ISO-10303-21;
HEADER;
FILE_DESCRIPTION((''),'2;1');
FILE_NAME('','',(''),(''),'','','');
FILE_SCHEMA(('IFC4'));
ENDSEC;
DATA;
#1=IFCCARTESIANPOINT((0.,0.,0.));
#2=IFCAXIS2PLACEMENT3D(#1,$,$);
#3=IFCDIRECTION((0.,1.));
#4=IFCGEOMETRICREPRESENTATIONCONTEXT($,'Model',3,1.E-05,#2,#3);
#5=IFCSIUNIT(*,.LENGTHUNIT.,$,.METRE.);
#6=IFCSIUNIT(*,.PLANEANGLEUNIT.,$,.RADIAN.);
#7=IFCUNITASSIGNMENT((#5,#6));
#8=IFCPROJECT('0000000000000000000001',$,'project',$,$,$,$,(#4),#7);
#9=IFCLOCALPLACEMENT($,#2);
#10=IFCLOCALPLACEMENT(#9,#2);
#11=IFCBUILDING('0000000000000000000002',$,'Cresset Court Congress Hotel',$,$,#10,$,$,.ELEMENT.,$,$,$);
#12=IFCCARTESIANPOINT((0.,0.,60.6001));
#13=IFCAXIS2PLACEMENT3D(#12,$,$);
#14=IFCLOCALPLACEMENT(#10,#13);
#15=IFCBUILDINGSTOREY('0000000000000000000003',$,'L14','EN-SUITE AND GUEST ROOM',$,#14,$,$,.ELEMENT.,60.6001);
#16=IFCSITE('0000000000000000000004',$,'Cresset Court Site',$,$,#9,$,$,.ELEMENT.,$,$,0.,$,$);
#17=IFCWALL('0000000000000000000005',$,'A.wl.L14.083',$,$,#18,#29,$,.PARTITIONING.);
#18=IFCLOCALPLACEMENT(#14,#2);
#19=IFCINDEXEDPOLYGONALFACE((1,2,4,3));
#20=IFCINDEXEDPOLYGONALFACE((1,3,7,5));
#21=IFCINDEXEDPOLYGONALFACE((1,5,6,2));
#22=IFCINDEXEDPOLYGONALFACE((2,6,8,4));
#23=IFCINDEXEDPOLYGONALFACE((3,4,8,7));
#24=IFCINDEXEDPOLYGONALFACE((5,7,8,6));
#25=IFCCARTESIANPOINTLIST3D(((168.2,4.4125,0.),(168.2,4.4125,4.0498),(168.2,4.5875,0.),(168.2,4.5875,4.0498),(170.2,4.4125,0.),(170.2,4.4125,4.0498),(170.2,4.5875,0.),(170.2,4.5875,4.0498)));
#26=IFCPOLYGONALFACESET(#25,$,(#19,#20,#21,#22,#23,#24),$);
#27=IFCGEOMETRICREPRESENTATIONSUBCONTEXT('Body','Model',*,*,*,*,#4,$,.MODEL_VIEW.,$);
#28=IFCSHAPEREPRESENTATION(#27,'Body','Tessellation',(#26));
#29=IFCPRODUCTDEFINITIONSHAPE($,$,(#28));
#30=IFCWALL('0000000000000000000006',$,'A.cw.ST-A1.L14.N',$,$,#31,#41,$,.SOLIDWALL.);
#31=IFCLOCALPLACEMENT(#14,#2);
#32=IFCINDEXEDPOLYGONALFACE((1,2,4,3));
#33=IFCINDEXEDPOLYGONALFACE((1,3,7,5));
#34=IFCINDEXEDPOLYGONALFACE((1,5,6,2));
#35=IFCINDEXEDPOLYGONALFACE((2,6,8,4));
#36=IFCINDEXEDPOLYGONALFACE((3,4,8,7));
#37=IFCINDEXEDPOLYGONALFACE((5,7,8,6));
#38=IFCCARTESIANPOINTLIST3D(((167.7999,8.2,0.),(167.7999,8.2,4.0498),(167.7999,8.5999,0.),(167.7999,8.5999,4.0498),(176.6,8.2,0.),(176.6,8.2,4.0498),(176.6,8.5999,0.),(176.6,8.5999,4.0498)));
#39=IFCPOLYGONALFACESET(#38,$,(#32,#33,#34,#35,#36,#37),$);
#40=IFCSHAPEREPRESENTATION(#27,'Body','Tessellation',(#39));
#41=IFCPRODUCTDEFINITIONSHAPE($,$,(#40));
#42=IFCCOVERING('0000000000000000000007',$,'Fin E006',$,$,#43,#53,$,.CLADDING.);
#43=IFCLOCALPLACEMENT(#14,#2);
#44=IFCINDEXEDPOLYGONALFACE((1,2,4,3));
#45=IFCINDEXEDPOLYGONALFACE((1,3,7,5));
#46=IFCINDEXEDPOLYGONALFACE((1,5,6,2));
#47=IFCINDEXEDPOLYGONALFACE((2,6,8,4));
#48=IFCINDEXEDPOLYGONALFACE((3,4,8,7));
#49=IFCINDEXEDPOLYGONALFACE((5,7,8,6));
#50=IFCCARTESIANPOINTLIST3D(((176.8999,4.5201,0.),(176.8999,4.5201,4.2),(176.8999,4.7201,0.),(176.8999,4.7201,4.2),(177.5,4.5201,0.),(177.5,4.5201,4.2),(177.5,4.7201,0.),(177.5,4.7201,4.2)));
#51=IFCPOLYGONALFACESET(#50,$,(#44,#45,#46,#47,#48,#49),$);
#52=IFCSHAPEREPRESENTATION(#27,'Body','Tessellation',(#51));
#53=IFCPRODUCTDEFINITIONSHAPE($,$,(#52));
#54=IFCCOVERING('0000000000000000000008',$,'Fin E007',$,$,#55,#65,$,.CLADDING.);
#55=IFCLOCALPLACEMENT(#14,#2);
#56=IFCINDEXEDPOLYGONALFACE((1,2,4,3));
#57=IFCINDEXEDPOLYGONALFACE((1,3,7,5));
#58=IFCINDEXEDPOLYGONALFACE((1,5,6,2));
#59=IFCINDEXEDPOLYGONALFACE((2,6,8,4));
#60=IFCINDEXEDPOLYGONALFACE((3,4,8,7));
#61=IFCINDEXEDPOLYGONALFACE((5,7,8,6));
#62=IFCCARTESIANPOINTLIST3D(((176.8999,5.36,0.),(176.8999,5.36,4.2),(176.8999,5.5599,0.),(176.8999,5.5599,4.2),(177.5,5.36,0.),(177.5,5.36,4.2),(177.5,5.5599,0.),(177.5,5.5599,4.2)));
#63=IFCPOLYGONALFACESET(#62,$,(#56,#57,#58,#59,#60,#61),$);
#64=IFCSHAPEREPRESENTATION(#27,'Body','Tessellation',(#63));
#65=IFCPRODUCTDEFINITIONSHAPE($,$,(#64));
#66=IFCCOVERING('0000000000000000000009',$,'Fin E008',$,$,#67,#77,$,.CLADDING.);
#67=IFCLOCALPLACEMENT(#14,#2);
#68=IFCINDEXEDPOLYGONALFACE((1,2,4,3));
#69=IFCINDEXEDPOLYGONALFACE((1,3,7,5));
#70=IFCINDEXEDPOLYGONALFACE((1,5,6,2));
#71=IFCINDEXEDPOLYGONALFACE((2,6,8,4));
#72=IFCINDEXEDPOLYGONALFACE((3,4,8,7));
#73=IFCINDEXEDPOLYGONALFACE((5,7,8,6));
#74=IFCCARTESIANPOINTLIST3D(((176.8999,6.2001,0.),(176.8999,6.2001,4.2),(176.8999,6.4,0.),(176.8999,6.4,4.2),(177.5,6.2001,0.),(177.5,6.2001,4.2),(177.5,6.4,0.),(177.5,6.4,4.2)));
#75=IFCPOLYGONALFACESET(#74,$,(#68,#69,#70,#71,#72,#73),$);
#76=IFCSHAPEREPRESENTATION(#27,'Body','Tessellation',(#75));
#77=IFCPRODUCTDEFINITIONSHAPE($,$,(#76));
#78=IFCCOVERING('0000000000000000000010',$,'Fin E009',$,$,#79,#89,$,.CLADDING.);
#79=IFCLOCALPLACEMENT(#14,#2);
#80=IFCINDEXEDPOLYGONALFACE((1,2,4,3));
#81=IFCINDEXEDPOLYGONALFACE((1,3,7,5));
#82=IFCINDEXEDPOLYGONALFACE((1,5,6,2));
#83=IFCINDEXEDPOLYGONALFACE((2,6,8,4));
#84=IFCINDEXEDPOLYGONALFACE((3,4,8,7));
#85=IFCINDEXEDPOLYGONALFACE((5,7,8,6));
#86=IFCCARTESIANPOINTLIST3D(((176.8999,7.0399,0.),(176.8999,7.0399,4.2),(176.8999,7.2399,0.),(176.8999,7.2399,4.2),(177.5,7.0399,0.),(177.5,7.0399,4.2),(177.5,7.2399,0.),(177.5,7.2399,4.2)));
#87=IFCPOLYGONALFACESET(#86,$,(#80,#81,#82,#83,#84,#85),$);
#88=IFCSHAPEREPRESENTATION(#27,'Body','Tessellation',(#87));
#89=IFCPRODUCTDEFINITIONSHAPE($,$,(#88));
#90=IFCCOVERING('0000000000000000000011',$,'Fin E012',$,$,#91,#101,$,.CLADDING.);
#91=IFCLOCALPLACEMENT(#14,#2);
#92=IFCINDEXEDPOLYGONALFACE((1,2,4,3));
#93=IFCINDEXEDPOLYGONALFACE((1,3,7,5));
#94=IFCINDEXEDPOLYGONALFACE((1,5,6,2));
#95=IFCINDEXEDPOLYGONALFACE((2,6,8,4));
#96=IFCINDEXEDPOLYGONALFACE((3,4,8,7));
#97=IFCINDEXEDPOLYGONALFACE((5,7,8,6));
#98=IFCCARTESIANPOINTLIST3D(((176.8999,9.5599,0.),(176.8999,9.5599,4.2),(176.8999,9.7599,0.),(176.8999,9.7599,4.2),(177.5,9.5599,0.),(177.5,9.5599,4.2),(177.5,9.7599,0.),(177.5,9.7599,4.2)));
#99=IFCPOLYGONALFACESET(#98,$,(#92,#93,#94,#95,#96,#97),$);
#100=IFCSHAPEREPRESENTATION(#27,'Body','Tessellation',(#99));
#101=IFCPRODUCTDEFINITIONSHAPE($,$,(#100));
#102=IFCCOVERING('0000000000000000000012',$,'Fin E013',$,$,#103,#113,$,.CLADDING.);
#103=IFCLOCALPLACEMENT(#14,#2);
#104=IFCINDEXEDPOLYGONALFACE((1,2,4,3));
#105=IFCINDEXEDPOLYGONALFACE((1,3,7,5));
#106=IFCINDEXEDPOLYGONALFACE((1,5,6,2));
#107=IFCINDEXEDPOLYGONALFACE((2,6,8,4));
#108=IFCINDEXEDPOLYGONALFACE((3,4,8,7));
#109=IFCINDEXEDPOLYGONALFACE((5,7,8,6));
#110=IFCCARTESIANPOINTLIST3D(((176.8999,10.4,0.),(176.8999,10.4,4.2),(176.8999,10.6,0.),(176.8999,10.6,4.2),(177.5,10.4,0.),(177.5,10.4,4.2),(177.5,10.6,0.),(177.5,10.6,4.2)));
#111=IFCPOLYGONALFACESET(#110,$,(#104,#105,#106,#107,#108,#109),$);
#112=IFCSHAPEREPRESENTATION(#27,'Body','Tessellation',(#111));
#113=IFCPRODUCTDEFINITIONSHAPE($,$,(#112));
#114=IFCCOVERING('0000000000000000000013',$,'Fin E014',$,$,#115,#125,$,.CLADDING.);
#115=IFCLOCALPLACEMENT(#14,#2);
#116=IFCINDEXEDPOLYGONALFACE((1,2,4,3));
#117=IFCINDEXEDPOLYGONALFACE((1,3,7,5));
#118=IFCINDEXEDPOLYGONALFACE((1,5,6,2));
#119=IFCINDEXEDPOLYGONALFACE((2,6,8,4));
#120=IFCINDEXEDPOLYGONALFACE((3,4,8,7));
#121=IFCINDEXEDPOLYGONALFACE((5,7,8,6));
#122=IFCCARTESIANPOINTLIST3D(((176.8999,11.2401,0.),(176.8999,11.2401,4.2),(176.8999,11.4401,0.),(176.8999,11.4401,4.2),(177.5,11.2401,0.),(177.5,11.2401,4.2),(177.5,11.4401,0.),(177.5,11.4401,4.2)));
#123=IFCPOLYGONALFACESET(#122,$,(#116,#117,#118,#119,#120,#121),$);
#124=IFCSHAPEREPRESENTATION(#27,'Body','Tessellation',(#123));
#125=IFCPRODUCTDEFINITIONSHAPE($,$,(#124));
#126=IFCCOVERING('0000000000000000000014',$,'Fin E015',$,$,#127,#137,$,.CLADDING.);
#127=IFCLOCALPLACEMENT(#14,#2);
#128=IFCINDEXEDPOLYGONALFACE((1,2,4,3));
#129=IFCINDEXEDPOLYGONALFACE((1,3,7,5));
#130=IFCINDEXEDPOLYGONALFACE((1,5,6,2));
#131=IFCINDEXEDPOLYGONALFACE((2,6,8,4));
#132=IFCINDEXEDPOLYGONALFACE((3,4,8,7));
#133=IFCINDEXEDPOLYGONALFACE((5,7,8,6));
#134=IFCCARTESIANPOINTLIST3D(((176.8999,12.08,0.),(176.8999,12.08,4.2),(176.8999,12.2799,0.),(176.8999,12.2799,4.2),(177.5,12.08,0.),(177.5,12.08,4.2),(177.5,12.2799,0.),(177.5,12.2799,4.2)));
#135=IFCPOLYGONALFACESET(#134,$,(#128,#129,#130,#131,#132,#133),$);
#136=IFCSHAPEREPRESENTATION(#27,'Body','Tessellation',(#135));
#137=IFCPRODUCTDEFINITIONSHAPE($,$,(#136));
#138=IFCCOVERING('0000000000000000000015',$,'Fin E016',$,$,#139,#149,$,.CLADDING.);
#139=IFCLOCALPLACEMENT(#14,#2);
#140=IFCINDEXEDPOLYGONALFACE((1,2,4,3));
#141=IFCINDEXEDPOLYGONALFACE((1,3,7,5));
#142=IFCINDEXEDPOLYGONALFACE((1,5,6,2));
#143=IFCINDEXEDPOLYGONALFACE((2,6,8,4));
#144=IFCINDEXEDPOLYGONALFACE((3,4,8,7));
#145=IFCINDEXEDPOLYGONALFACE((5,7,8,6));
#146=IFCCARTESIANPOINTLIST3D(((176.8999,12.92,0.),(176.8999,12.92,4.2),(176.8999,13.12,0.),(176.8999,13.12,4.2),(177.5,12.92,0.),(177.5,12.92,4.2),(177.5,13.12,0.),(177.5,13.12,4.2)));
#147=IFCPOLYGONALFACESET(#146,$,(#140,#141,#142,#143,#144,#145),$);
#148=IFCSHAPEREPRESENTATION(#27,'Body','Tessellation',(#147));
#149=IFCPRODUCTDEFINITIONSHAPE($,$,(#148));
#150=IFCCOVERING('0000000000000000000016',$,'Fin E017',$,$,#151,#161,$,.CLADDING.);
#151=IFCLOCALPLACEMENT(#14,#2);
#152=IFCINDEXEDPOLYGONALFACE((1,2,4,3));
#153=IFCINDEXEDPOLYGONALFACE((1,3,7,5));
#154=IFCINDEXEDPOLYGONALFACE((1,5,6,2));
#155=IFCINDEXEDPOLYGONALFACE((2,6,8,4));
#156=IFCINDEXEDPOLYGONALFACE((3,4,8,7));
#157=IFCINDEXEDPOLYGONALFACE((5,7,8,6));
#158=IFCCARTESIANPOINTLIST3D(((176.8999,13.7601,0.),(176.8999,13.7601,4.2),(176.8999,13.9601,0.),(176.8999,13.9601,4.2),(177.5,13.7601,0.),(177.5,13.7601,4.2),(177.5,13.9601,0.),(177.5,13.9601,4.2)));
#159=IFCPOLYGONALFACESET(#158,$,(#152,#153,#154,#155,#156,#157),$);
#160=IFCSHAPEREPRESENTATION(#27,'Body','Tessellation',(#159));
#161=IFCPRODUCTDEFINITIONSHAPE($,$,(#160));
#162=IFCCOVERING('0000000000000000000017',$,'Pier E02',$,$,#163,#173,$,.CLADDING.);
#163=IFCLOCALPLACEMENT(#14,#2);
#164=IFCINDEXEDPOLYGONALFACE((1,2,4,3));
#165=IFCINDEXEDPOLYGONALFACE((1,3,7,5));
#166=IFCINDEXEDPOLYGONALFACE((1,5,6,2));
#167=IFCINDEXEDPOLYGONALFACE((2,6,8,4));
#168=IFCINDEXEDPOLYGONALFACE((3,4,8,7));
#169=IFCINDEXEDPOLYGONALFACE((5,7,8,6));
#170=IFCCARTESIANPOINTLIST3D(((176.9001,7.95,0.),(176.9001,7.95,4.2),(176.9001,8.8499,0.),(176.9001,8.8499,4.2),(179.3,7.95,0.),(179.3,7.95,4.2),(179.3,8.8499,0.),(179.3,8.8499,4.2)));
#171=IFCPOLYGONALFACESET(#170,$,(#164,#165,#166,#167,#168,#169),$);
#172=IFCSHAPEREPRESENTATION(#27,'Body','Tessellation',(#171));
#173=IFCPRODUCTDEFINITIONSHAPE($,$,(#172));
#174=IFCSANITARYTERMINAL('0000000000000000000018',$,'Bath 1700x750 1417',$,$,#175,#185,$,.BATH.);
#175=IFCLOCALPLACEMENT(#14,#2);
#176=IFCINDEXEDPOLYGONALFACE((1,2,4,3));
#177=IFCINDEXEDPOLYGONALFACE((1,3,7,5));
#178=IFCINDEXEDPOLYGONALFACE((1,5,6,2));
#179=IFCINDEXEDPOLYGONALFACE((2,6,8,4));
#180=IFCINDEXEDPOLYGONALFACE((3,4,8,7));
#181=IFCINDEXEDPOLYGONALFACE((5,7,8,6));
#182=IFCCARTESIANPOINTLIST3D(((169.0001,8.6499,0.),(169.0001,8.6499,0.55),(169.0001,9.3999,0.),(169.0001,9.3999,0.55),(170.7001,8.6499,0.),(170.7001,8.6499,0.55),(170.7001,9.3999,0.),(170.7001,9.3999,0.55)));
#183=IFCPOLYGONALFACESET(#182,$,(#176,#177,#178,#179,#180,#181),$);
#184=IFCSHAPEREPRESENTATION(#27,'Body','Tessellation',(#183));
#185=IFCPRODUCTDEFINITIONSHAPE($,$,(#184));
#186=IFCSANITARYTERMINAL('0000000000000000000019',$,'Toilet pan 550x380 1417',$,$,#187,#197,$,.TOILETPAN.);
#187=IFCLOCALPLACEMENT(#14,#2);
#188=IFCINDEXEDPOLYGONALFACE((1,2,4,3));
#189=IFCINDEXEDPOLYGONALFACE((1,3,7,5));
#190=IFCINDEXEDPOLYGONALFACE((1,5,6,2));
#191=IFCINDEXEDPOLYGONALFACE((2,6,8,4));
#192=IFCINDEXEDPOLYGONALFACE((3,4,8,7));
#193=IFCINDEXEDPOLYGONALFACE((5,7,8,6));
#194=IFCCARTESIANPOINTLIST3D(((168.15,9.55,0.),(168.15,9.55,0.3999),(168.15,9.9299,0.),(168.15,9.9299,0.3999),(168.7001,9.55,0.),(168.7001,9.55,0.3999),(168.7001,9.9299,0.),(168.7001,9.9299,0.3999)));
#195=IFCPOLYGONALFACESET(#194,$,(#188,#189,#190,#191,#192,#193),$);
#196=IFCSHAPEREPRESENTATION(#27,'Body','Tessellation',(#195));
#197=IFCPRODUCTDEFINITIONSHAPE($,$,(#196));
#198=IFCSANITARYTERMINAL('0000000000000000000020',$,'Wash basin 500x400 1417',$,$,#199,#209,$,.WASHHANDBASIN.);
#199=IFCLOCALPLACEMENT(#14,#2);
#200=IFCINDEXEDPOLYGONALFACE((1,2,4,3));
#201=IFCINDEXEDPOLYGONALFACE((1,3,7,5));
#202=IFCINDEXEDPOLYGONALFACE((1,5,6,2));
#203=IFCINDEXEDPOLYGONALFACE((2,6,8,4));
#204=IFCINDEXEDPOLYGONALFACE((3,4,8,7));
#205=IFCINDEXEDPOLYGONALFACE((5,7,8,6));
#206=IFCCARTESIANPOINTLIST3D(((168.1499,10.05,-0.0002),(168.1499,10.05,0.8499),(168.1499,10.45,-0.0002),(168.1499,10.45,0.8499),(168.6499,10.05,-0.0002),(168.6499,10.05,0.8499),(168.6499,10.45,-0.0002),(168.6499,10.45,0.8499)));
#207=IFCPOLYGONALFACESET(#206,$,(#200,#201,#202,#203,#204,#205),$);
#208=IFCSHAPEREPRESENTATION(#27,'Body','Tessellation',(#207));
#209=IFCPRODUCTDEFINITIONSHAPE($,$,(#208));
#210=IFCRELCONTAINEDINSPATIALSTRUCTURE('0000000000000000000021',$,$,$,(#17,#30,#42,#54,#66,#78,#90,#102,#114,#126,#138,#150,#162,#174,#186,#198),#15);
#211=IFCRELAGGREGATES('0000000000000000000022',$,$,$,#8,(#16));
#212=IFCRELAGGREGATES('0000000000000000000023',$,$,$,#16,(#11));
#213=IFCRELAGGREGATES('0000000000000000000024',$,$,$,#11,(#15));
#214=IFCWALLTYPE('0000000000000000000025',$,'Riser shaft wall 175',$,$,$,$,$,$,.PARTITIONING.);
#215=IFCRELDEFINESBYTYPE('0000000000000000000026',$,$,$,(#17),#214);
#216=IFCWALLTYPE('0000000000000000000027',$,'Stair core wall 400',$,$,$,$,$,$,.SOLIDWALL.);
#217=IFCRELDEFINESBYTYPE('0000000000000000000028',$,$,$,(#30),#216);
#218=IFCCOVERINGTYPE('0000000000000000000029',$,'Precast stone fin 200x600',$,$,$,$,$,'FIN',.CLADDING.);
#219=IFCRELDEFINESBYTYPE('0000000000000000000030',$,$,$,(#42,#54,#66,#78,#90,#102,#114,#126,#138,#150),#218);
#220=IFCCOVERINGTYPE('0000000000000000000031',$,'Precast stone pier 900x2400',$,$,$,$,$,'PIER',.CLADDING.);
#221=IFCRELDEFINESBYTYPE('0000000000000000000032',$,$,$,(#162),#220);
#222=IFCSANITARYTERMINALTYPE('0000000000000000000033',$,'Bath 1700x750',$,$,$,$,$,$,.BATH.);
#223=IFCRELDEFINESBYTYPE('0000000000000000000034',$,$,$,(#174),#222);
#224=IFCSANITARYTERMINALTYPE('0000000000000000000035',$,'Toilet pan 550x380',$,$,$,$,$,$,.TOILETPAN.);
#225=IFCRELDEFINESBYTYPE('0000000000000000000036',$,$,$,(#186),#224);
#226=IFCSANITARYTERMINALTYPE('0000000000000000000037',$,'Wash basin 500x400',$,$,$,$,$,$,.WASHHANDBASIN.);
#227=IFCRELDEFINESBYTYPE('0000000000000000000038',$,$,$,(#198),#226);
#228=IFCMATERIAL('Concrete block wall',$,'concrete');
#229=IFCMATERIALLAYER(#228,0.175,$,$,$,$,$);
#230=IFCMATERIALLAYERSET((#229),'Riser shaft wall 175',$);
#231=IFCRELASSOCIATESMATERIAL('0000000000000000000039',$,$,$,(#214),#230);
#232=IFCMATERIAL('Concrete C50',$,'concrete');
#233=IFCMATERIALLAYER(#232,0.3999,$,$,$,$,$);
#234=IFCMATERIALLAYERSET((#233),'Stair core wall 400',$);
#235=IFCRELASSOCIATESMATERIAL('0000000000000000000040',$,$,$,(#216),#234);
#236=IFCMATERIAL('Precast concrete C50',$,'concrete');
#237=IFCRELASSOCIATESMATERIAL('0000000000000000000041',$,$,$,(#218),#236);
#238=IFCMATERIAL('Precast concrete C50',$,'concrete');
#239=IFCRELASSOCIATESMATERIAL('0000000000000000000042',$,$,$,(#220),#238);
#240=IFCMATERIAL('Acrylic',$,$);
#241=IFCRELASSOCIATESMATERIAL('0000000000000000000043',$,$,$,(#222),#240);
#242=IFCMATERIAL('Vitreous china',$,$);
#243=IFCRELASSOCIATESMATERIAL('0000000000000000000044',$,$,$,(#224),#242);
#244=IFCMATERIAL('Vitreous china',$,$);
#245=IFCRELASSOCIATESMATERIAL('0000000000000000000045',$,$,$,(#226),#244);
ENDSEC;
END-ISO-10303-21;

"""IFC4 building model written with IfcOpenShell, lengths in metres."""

from ifc_helpers import new_model, si_unit, direction, frame, frame_2d, origin, origin_2d, place, context, subcontext, project, spatial, rectangle, extrude, material, layer, layer_set, type_object, element, save


model = new_model("IFC4")

# Units and contexts
model_context = context("Model", 3, precision=1e-05, world=origin(), true_north=direction((0.0, 1.0)))
body_context = subcontext(model_context, "Body", "Model", "MODEL_VIEW")
ifc_project = project(units=[si_unit("LENGTHUNIT", "METRE"), si_unit("PLANEANGLEUNIT", "RADIAN")], contexts=[model_context])

# Site, building, storey
site_placement = place(None, origin())
site = spatial("IfcSite", under=ifc_project, at=site_placement, Name="Cresset Court Site", CompositionType="ELEMENT", RefElevation=0.0)
building_placement = place(site_placement, origin())
building = spatial("IfcBuilding", under=site, at=building_placement, Name="Cresset Court Congress Hotel", CompositionType="ELEMENT")
storey_placement = place(building_placement, frame((0.0, 0.0, 60.6001)))
storey = spatial("IfcBuildingStorey", under=building, at=storey_placement, Name="L14", Description="EN-SUITE AND GUEST ROOM", CompositionType="ELEMENT", Elevation=60.6001)

# Walls
ifc_material_1 = material(Name="Concrete block wall", Category="concrete")
ifc_layer_1 = layer(ifc_material_1, 0.175)
ifc_layer_set_1 = layer_set([ifc_layer_1], Name="Riser shaft wall 175")
wall_type_1 = type_object("IfcWallType", Name="Riser shaft wall 175", PredefinedType="PARTITIONING", material=ifc_layer_set_1)
wall_1_placement = place(storey_placement, frame((168.2, 4.5, 0.0), z_axis=(0.0, 0.0, 1.0), x_axis=(1.0, 0.0, 0.0)))
element("IfcWall", 1, at=wall_1_placement, inside=storey, type_object=wall_type_1, Name="A.wl.L14.083", PredefinedType="PARTITIONING", context=body_context, shape_type="SweptSolid", body=[
    extrude(rectangle(XDim=2.0, YDim=0.175, at=frame_2d((1.0, 0.0))), origin(), (0.0, 0.0, 1.0), 4.0498),
])
ifc_material_2 = material(Name="Concrete C50", Category="concrete")
ifc_layer_2 = layer(ifc_material_2, 0.3999)
ifc_layer_set_2 = layer_set([ifc_layer_2], Name="Stair core wall 400")
wall_type_2 = type_object("IfcWallType", Name="Stair core wall 400", PredefinedType="SOLIDWALL", material=ifc_layer_set_2)
wall_2_placement = place(storey_placement, frame((167.8, 8.3999, 0.0), z_axis=(0.0, 0.0, 1.0), x_axis=(1.0, 0.0, 0.0)))
element("IfcWall", 2, at=wall_2_placement, inside=storey, type_object=wall_type_2, Name="A.cw.ST-A1.L14.N", PredefinedType="SOLIDWALL", context=body_context, shape_type="SweptSolid", body=[
    extrude(rectangle(XDim=8.8, YDim=0.3999, at=frame_2d((4.3999, 0.0))), origin(), (0.0, 0.0, 1.0), 4.0498),
])

# Coverings
ifc_material_3 = material(Name="Precast concrete C50", Category="concrete")
covering_type_1 = type_object("IfcCoveringType", Name="Precast stone fin 200x600", ElementType="FIN", PredefinedType="CLADDING", material=ifc_material_3)
for number, where, z_axis, x_axis, name in (
    (3, (177.2, 4.6201, 0.0), (0.0, 0.0, 1.0), (1.0, 0.0, 0.0), "Fin E006"),
    (4, (177.2, 5.46, 0.0), (0.0, 0.0, 1.0), (1.0, 0.0, 0.0), "Fin E007"),
    (5, (177.2, 6.3, 0.0), (0.0, 0.0, 1.0), (1.0, 0.0, 0.0), "Fin E008"),
    (6, (177.2, 7.1399, 0.0), (0.0, 0.0, 1.0), (1.0, 0.0, 0.0), "Fin E009"),
    (7, (177.2, 9.6599, 0.0), (0.0, 0.0, 1.0), (1.0, 0.0, 0.0), "Fin E012"),
    (8, (177.2, 10.5, 0.0), (0.0, 0.0, 1.0), (1.0, 0.0, 0.0), "Fin E013"),
    (9, (177.2, 11.3401, 0.0), (0.0, 0.0, 1.0), (1.0, 0.0, 0.0), "Fin E014"),
    (10, (177.2, 12.1799, 0.0), (0.0, 0.0, 1.0), (1.0, 0.0, 0.0), "Fin E015"),
    (11, (177.2, 13.02, 0.0), (0.0, 0.0, 1.0), (1.0, 0.0, 0.0), "Fin E016"),
    (12, (177.2, 13.8601, 0.0), (0.0, 0.0, 1.0), (1.0, 0.0, 0.0), "Fin E017"),
):
    element("IfcCovering", number, at=place(storey_placement, frame(where, z_axis=z_axis, x_axis=x_axis)), inside=storey, type_object=covering_type_1, Name=name, PredefinedType="CLADDING", context=body_context, shape_type="SweptSolid", body=[
        extrude(rectangle(XDim=0.6001, YDim=0.2, at=origin_2d()), origin(), (0.0, 0.0, 1.0), 4.2),
    ])
ifc_material_4 = material(Name="Precast concrete C50", Category="concrete")
covering_type_2 = type_object("IfcCoveringType", Name="Precast stone pier 900x2400", ElementType="PIER", PredefinedType="CLADDING", material=ifc_material_4)
covering_placement = place(storey_placement, frame((178.1001, 8.3999, 0.0), z_axis=(0.0, 0.0, 1.0), x_axis=(1.0, 0.0, 0.0)))
element("IfcCovering", 13, at=covering_placement, inside=storey, type_object=covering_type_2, Name="Pier E02", PredefinedType="CLADDING", context=body_context, shape_type="SweptSolid", body=[
    extrude(rectangle(XDim=2.3999, YDim=0.8999, at=origin_2d()), origin(), (0.0, 0.0, 1.0), 4.2),
])

# Sanitary terminals
ifc_material_5 = material(Name="Acrylic")
sanitary_terminal_type_1 = type_object("IfcSanitaryTerminalType", Name="Bath 1700x750", PredefinedType="BATH", material=ifc_material_5)
sanitary_terminal_1_placement = place(storey_placement, frame((169.8501, 9.0249, 0.0), z_axis=(0.0, 0.0, 1.0), x_axis=(1.0, 0.0, 0.0)))
element("IfcSanitaryTerminal", 14, at=sanitary_terminal_1_placement, inside=storey, type_object=sanitary_terminal_type_1, Name="Bath 1700x750 1417", PredefinedType="BATH", context=body_context, shape_type="SweptSolid", body=[
    extrude(rectangle(XDim=1.7, YDim=0.75, at=origin_2d()), origin(), (0.0, 0.0, 1.0), 0.55),
])
ifc_material_6 = material(Name="Vitreous china")
sanitary_terminal_type_2 = type_object("IfcSanitaryTerminalType", Name="Toilet pan 550x380", PredefinedType="TOILETPAN", material=ifc_material_6)
sanitary_terminal_2_placement = place(storey_placement, frame((168.425, 9.74, 0.0), z_axis=(0.0, 0.0, 1.0), x_axis=(1.0, 0.0, 0.0)))
element("IfcSanitaryTerminal", 15, at=sanitary_terminal_2_placement, inside=storey, type_object=sanitary_terminal_type_2, Name="Toilet pan 550x380 1417", PredefinedType="TOILETPAN", context=body_context, shape_type="SweptSolid", body=[
    extrude(rectangle(XDim=0.55, YDim=0.3799, at=origin_2d()), origin(), (0.0, 0.0, 1.0), 0.3999),
])
ifc_material_7 = material(Name="Vitreous china")
sanitary_terminal_type_3 = type_object("IfcSanitaryTerminalType", Name="Wash basin 500x400", PredefinedType="WASHHANDBASIN", material=ifc_material_7)
sanitary_terminal_3_placement = place(storey_placement, frame((168.3999, 10.25, -0.0002), z_axis=(0.0, 0.0, 1.0), x_axis=(1.0, 0.0, 0.0)))
element("IfcSanitaryTerminal", 16, at=sanitary_terminal_3_placement, inside=storey, type_object=sanitary_terminal_type_3, Name="Wash basin 500x400 1417", PredefinedType="WASHHANDBASIN", context=body_context, shape_type="SweptSolid", body=[
    extrude(rectangle(XDim=0.5, YDim=0.3999, at=origin_2d()), origin(), (0.0, 0.0, 1.0), 0.8501),
])

save(model, "model.ifc")
